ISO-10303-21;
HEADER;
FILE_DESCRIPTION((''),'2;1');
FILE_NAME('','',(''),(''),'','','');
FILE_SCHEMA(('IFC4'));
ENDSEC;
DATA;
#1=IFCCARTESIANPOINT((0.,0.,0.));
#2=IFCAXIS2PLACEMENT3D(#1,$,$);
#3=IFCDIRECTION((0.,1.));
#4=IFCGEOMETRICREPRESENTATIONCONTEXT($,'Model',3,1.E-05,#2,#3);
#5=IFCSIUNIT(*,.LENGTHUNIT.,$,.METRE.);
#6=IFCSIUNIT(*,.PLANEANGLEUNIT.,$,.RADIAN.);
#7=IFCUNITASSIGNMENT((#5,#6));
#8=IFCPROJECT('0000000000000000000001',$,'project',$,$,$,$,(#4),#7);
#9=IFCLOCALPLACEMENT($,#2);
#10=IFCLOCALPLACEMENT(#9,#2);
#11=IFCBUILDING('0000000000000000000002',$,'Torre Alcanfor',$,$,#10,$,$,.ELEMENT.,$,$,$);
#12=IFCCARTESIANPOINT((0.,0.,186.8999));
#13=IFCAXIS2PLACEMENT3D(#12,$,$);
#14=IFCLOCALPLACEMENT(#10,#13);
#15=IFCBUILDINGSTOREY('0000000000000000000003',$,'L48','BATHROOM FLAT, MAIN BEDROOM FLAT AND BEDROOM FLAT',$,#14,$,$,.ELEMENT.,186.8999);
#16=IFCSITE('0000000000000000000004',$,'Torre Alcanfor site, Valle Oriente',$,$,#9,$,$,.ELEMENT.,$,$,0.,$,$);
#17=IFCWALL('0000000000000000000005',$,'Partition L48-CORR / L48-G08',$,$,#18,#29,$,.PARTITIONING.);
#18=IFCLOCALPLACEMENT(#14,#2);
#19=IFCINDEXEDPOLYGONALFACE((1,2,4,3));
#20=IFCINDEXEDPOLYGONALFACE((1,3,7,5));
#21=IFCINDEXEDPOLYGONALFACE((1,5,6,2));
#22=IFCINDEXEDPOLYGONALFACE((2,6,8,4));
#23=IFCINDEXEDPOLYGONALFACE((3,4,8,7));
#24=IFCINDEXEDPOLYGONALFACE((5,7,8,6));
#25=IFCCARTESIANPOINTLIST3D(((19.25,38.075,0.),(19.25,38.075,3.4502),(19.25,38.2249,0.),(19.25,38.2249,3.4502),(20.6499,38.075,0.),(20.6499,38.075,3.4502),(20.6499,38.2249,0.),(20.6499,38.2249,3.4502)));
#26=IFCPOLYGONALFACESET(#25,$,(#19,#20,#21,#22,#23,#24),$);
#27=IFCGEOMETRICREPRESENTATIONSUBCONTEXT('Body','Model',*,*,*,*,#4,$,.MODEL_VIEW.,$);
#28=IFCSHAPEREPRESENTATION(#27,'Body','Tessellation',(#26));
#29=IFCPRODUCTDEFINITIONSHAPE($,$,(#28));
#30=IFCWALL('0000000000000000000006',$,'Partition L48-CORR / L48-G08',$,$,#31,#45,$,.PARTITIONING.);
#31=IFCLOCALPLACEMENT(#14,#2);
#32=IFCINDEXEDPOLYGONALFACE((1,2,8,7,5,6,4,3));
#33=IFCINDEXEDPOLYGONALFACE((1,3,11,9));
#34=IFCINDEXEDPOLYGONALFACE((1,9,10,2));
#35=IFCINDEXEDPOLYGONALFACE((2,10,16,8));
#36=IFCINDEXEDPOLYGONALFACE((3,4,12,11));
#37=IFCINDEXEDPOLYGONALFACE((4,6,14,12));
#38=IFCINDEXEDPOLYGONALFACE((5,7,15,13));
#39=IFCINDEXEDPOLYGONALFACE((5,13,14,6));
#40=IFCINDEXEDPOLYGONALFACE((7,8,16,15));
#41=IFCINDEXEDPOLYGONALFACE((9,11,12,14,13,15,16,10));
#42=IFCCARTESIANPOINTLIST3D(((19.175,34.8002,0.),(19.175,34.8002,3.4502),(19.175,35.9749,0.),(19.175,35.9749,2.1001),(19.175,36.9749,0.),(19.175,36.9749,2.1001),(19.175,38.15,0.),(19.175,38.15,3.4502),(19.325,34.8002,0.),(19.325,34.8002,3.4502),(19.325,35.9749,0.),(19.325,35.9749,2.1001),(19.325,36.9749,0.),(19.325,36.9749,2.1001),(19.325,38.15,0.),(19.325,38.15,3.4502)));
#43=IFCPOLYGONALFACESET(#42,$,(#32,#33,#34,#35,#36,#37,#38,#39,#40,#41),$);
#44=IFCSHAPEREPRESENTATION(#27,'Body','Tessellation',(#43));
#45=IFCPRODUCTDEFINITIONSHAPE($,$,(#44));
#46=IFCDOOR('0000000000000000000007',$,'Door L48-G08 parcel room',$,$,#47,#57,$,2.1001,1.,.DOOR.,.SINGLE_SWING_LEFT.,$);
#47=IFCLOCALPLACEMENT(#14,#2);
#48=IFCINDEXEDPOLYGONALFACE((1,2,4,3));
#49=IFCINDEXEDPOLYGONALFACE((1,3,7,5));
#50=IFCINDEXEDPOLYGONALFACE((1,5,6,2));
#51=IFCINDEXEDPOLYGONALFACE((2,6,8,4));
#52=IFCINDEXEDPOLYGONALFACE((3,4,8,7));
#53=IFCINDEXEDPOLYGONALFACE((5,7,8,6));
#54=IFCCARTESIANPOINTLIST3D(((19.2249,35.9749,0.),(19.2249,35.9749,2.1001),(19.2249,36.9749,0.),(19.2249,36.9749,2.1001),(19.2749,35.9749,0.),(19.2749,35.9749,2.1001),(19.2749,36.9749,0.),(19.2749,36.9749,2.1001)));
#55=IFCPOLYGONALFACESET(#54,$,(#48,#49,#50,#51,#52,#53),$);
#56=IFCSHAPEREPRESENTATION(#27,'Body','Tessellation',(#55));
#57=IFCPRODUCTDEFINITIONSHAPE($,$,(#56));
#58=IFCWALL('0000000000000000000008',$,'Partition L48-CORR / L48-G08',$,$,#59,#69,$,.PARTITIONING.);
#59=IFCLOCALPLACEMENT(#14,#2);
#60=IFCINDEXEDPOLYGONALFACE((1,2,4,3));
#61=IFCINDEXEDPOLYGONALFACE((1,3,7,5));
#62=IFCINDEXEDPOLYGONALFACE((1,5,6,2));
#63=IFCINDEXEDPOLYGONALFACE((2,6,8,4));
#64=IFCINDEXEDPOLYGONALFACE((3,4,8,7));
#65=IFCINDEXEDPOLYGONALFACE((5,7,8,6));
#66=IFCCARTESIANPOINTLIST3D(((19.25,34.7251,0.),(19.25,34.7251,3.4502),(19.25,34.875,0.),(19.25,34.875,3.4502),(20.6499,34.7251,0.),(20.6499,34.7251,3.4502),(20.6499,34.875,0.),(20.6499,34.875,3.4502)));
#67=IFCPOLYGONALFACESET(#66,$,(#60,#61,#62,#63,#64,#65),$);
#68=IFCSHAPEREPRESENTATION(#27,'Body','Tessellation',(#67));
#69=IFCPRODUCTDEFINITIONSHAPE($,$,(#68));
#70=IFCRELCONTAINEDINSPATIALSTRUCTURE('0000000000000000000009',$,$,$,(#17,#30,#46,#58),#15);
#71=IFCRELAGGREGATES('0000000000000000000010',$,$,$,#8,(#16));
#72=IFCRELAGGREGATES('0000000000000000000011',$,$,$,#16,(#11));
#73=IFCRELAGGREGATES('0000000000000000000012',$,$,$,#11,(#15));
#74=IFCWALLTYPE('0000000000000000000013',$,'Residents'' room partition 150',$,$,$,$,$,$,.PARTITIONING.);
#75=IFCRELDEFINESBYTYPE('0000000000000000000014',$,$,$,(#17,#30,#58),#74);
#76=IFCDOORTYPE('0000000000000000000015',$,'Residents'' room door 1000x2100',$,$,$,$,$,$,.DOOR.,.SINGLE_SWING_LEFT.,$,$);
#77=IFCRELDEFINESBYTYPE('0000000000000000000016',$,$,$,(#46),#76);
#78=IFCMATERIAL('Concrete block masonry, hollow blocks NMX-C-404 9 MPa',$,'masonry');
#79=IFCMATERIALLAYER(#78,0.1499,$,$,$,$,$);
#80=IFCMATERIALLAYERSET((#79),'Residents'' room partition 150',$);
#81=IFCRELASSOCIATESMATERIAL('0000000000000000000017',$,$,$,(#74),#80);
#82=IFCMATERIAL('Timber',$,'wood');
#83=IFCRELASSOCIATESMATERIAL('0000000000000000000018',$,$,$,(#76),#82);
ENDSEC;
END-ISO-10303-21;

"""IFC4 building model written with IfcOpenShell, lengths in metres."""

from ifc_helpers import new_model, si_unit, direction, frame, frame_2d, origin, place, context, subcontext, project, spatial, rectangle, extrude, material, layer, layer_set, type_object, element, fill, save


model = new_model("IFC4")

# Units and contexts
model_context = context("Model", 3, precision=1e-05, world=origin(), true_north=direction((0.0, 1.0)))
body_context = subcontext(model_context, "Body", "Model", "MODEL_VIEW")
ifc_project = project(units=[si_unit("LENGTHUNIT", "METRE"), si_unit("PLANEANGLEUNIT", "RADIAN")], contexts=[model_context])

# Site, building, storey
site_placement = place(None, origin())
site = spatial("IfcSite", under=ifc_project, at=site_placement, Name="Torre Alcanfor site, Valle Oriente", CompositionType="ELEMENT", RefElevation=0.0)
building_placement = place(site_placement, origin())
building = spatial("IfcBuilding", under=site, at=building_placement, Name="Torre Alcanfor", CompositionType="ELEMENT")
storey_placement = place(building_placement, frame((0.0, 0.0, 186.8999)))
storey = spatial("IfcBuildingStorey", under=building, at=storey_placement, Name="L48", Description="BATHROOM FLAT, MAIN BEDROOM FLAT AND BEDROOM FLAT", CompositionType="ELEMENT", Elevation=186.8999)

# Wall
ifc_material_1 = material(Name="Concrete block masonry, hollow blocks NMX-C-404 9 MPa", Category="masonry")
ifc_layer_1 = layer(ifc_material_1, 0.1499)
ifc_layer_set_1 = layer_set([ifc_layer_1], Name="Residents' room partition 150")
wall_type_1 = type_object("IfcWallType", Name="Residents' room partition 150", PredefinedType="PARTITIONING", material=ifc_layer_set_1)
wall_1_placement = place(storey_placement, frame((20.6499, 38.1499, 0.0), z_axis=(0.0, 0.0, 1.0), x_axis=(-1.0, 0.0, 0.0)))
element("IfcWall", 1, at=wall_1_placement, inside=storey, type_object=wall_type_1, Name="Partition L48-CORR / L48-G08", PredefinedType="PARTITIONING", context=body_context, shape_type="SweptSolid", body=[
    extrude(rectangle(XDim=1.3999, YDim=0.1499, at=frame_2d((0.7, 0.0))), origin(), (0.0, 0.0, 1.0), 3.4502),
])

# Wall, opening, door
wall_2_placement = place(storey_placement, frame((19.25, 38.1499, 0.0), z_axis=(0.0, 0.0, 1.0), x_axis=(0.0, -1.0, 0.0)))
wall_2 = element("IfcWall", 2, at=wall_2_placement, inside=storey, type_object=wall_type_1, Name="Partition L48-CORR / L48-G08", PredefinedType="PARTITIONING", context=body_context, shape_type="SweptSolid", body=[
    extrude(rectangle(XDim=3.3499, YDim=0.1499, at=frame_2d((1.6748, 0.0))), origin(), (0.0, 0.0, 1.0), 3.4502),
])
opening_1_placement = place(wall_2_placement, frame((1.175, 0.0, 0.0)))
opening_1 = element("IfcOpeningElement", 3, at=opening_1_placement, cuts=wall_2, PredefinedType="OPENING", context=body_context, shape_type="SweptSolid", body=[
    extrude(rectangle(XDim=1.0, YDim=2.1001, at=frame_2d((0.5, 1.05))), frame((0.0, 0.085, 0.0), z_axis=(0.0, -1.0, 0.0), x_axis=(1.0, 0.0, 0.0)), (0.0, 0.0, 1.0), 0.1699),
])
ifc_material_2 = material(Name="Timber", Category="wood")
door_type_1 = type_object("IfcDoorType", Name="Residents' room door 1000x2100", OperationType="SINGLE_SWING_LEFT", PredefinedType="DOOR", material=ifc_material_2)
door_1_placement = place(opening_1_placement, origin())
door_1 = element("IfcDoor", 4, at=door_1_placement, inside=storey, type_object=door_type_1, Name="Door L48-G08 parcel room", OperationType="SINGLE_SWING_LEFT", OverallHeight=2.1001, OverallWidth=1.0, PredefinedType="DOOR", context=body_context, shape_type="SweptSolid", body=[
    extrude(rectangle(XDim=1.0, YDim=2.1001, at=frame_2d((0.5, 1.05))), frame((0.0, 0.0249, 0.0), z_axis=(0.0, -1.0, 0.0), x_axis=(1.0, 0.0, 0.0)), (0.0, 0.0, 1.0), 0.05),
])
fill(opening_1, door_1)

# Wall
wall_3_placement = place(storey_placement, frame((19.25, 34.8, 0.0), z_axis=(0.0, 0.0, 1.0), x_axis=(1.0, 0.0, 0.0)))
element("IfcWall", 5, at=wall_3_placement, inside=storey, type_object=wall_type_1, Name="Partition L48-CORR / L48-G08", PredefinedType="PARTITIONING", context=body_context, shape_type="SweptSolid", body=[
    extrude(rectangle(XDim=1.3999, YDim=0.1499, at=frame_2d((0.7, 0.0))), origin(), (0.0, 0.0, 1.0), 3.4502),
])

save(model, "model.ifc")
